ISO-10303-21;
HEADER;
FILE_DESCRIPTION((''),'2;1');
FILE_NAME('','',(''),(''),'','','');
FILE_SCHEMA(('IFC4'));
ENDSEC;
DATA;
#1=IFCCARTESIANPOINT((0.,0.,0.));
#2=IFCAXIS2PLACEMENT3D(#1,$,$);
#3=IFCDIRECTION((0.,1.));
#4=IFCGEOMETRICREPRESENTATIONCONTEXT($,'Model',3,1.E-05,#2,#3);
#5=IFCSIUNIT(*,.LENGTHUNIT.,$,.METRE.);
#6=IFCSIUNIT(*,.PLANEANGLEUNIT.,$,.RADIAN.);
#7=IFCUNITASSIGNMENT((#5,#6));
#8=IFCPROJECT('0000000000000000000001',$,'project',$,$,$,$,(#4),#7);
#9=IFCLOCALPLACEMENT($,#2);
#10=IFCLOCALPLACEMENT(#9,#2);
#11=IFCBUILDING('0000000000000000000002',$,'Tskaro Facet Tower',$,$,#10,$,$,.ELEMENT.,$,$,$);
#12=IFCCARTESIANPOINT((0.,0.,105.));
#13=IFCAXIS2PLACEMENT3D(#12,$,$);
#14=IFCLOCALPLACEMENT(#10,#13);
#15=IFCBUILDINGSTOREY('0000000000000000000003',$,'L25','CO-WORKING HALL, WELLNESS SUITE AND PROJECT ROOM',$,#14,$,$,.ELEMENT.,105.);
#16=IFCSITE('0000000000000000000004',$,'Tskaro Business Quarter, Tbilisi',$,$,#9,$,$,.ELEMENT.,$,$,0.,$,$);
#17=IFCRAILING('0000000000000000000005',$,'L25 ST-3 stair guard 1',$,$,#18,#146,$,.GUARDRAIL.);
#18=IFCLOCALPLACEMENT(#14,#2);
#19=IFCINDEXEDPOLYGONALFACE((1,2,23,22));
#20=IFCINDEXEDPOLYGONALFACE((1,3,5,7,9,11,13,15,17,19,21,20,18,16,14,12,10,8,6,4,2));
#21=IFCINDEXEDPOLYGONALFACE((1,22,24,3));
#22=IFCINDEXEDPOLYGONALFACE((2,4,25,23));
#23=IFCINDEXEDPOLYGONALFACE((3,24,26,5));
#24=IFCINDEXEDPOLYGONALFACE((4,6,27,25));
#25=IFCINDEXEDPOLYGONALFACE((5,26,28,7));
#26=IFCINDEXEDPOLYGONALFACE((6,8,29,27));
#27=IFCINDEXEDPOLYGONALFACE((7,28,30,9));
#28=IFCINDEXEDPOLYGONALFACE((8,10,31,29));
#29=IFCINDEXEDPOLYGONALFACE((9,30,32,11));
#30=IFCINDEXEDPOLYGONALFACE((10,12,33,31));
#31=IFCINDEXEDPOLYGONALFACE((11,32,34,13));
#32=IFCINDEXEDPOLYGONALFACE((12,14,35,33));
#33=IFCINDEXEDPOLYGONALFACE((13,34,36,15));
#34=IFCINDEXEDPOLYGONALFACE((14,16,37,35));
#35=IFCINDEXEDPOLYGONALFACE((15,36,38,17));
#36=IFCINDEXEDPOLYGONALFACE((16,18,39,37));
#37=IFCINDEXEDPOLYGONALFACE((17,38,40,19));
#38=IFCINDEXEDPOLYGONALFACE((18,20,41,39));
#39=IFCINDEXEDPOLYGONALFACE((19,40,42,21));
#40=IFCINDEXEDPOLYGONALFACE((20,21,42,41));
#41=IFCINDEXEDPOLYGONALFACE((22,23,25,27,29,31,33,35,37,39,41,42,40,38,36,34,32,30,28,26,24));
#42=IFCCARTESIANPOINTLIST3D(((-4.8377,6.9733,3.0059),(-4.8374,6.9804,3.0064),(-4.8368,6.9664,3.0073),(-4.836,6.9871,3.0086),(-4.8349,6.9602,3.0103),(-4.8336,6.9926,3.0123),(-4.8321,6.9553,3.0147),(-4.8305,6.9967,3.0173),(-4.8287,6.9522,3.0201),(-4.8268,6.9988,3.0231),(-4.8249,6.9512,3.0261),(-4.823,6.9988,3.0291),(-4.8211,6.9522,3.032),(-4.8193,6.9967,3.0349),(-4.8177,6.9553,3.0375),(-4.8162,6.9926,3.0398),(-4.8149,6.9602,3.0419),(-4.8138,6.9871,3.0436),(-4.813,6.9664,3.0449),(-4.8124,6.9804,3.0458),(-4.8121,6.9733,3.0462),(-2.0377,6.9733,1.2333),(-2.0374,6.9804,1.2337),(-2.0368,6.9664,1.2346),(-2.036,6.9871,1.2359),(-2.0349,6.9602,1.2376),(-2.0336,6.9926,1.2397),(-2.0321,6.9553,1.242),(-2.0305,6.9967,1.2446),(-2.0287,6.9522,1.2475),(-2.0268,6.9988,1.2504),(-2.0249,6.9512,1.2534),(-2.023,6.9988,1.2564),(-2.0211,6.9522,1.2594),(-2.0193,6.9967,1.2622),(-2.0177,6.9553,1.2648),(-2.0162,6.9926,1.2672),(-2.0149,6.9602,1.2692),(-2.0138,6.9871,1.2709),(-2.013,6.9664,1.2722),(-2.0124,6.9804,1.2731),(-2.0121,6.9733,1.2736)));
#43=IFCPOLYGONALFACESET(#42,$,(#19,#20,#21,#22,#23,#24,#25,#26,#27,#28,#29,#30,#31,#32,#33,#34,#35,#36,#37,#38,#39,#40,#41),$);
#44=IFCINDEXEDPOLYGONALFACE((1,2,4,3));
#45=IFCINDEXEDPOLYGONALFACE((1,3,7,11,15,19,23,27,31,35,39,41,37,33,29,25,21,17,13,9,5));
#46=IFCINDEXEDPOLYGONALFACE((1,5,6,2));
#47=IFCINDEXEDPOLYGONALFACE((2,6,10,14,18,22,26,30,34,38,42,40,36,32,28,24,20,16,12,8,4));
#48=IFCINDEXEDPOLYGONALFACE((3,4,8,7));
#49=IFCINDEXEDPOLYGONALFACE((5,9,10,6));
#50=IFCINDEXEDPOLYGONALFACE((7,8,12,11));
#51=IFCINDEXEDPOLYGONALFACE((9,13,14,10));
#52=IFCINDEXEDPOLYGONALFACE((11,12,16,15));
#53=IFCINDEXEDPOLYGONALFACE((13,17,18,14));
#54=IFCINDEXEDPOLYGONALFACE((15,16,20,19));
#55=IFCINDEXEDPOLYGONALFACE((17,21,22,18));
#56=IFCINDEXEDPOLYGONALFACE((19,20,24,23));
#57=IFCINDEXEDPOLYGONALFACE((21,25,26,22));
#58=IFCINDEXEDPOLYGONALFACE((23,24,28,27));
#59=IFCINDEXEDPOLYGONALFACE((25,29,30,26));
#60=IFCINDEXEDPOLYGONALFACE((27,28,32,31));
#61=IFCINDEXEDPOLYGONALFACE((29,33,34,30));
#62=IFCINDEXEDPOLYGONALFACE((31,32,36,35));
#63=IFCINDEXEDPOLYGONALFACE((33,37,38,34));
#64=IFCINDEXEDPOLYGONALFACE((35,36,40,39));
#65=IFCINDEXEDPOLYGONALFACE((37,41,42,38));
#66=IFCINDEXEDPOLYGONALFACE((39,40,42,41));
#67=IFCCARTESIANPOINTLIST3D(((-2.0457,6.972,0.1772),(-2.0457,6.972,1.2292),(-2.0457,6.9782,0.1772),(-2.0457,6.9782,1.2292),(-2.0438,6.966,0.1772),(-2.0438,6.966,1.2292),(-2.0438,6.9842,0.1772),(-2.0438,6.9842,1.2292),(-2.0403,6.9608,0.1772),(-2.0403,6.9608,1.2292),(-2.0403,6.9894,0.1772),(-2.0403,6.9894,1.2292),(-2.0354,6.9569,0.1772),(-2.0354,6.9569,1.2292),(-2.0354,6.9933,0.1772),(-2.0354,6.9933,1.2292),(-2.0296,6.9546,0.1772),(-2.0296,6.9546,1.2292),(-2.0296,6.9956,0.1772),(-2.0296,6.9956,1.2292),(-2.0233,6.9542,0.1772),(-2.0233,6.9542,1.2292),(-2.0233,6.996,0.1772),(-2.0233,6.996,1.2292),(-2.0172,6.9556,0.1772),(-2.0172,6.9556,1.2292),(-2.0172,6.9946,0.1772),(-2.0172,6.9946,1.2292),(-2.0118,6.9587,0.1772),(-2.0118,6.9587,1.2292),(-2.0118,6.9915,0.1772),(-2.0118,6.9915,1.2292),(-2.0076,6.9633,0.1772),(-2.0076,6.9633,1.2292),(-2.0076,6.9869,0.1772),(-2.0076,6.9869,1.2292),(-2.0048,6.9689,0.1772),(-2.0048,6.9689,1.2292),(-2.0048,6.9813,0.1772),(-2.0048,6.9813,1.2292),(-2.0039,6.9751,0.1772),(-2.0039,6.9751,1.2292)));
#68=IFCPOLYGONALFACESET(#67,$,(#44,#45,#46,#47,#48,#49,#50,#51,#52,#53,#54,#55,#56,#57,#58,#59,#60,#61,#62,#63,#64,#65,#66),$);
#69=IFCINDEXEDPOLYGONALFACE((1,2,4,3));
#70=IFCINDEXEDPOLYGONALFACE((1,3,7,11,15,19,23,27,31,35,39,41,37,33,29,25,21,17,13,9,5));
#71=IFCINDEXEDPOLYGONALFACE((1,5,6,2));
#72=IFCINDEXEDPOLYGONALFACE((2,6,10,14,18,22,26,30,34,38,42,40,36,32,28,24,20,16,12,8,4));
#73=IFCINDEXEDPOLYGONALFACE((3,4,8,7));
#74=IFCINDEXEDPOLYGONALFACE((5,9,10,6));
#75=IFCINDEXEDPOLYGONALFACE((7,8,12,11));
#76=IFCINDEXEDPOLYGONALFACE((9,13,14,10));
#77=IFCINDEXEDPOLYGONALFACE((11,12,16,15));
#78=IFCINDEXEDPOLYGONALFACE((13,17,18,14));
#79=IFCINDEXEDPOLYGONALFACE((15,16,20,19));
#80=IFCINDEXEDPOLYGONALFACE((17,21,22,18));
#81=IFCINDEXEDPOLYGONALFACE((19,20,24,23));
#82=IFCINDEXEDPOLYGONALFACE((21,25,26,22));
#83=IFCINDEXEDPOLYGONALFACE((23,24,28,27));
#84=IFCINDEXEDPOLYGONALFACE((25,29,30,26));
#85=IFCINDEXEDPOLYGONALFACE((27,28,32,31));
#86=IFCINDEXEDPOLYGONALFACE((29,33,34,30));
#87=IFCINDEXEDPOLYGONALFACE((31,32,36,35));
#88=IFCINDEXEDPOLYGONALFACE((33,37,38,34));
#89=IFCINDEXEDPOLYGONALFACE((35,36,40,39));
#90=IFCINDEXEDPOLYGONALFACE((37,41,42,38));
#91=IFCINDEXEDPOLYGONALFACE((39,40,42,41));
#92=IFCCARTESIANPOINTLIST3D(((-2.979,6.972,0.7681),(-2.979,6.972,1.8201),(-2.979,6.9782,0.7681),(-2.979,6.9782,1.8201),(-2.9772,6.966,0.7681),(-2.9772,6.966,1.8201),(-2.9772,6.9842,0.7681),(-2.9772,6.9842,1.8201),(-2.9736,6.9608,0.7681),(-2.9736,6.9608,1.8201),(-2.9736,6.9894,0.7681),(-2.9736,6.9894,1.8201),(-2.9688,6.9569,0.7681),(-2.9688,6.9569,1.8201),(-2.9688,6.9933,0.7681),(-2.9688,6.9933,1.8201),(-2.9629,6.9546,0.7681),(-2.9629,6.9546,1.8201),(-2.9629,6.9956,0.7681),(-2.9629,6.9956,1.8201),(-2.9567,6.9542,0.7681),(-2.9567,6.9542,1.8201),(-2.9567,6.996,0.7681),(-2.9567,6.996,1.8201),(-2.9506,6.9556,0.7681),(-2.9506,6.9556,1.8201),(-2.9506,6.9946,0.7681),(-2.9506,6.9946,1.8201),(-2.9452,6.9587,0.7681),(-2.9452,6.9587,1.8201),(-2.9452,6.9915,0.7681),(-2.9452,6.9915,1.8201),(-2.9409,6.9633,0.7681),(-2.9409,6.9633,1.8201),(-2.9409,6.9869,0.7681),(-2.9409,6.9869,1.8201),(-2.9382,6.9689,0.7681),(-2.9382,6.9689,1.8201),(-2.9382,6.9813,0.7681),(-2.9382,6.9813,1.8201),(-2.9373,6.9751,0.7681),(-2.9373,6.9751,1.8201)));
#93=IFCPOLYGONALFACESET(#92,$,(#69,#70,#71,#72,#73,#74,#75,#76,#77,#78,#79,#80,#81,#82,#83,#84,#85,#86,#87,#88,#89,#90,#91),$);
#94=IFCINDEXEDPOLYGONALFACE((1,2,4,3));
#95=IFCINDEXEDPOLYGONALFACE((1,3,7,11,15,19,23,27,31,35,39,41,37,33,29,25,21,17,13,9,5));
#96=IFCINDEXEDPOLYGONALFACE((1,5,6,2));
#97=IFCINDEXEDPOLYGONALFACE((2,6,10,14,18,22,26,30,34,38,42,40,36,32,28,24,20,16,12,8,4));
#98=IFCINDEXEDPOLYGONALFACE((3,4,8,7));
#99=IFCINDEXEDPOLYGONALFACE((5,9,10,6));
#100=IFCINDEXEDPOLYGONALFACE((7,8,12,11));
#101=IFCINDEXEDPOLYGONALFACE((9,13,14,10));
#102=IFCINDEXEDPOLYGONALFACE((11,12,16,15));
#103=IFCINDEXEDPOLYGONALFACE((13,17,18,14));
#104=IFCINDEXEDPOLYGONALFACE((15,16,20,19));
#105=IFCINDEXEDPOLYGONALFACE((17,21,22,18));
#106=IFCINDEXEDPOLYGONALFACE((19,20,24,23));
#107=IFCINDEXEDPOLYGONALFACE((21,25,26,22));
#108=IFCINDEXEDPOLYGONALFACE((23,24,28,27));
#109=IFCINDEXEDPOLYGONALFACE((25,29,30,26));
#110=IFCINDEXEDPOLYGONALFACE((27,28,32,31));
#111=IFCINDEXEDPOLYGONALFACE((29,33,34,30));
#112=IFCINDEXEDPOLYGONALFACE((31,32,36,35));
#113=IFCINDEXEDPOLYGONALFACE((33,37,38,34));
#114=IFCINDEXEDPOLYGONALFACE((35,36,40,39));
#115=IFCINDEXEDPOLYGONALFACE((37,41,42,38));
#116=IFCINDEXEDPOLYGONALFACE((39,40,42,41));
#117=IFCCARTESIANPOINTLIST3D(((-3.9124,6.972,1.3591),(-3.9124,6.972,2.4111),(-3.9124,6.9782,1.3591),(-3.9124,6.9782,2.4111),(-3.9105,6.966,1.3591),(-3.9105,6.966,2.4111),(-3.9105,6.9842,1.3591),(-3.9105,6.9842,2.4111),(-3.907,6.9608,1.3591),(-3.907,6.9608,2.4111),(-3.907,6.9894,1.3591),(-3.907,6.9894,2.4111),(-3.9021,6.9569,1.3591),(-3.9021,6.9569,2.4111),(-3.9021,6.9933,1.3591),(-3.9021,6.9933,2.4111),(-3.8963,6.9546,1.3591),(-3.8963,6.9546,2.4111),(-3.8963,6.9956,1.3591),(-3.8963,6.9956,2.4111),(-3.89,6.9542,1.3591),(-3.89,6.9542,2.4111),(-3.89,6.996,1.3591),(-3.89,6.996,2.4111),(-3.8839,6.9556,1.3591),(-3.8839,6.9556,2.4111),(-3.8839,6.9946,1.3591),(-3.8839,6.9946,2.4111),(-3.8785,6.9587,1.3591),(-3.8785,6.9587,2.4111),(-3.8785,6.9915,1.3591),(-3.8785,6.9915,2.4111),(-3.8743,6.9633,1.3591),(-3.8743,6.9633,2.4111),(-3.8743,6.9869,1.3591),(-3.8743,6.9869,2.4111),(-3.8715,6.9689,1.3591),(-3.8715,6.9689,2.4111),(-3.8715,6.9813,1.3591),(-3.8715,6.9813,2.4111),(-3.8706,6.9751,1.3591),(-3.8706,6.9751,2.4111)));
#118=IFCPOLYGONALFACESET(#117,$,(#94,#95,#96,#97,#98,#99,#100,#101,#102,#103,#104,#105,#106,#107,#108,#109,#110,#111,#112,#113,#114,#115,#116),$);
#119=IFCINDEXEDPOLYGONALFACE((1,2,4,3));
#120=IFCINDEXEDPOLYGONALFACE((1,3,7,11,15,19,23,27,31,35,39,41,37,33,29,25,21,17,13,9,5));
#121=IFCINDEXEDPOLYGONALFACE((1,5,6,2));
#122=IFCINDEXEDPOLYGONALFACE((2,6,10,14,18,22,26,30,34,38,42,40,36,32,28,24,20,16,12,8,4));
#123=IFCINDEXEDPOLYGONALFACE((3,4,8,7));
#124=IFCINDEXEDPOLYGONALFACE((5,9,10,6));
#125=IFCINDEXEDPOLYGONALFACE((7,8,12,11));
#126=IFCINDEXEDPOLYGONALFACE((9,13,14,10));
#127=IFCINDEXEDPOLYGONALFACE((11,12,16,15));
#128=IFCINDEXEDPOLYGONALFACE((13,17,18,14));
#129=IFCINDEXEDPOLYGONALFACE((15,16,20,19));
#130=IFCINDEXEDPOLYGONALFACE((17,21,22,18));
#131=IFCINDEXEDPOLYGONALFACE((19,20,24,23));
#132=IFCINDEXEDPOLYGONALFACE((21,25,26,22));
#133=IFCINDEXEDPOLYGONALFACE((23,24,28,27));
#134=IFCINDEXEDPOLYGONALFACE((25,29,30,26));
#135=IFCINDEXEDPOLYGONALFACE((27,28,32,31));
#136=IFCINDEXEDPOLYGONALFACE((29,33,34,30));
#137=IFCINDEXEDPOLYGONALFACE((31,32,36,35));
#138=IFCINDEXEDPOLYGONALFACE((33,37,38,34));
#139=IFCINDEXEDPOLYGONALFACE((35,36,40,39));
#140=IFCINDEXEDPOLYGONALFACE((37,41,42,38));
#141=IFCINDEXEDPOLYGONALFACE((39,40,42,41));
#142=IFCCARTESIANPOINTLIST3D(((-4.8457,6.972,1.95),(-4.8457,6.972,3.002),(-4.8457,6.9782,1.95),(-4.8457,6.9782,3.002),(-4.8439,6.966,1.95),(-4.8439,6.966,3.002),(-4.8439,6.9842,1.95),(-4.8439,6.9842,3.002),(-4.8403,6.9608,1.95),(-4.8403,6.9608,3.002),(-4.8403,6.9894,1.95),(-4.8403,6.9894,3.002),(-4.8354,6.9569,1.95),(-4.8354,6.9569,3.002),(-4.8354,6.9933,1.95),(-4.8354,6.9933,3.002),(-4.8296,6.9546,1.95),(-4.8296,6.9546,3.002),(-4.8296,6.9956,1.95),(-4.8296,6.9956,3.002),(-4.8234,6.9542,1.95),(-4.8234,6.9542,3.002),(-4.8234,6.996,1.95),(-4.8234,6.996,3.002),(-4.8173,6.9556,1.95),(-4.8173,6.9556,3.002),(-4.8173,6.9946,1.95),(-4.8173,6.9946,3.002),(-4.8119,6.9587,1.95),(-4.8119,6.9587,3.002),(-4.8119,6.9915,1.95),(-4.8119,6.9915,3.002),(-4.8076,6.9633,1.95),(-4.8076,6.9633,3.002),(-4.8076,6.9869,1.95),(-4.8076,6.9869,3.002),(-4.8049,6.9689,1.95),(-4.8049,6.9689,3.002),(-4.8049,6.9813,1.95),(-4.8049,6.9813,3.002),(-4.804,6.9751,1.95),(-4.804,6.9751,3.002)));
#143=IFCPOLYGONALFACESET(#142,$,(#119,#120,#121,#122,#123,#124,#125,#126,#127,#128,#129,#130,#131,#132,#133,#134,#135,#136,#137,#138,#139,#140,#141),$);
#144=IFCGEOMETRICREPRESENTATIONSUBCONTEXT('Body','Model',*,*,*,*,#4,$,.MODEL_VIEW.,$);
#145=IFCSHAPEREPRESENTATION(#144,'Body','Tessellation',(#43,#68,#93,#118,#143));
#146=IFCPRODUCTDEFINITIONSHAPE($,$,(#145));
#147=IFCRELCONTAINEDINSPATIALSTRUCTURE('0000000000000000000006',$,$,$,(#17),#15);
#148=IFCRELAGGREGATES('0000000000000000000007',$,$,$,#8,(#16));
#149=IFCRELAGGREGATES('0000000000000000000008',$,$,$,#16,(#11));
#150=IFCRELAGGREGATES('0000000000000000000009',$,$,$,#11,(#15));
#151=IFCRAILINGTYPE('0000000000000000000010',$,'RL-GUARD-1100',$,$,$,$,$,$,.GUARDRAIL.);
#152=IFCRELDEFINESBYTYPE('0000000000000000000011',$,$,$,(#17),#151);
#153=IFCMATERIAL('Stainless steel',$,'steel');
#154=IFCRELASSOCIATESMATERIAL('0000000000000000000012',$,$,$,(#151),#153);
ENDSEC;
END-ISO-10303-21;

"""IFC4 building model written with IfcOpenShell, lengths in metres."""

from ifc_helpers import new_model, si_unit, direction, frame, origin, origin_2d, place, context, subcontext, project, spatial, circle, extrude, material, type_object, element, save


model = new_model("IFC4")

# Units and contexts
model_context = context("Model", 3, precision=1e-05, world=origin(), true_north=direction((0.0, 1.0)))
body_context = subcontext(model_context, "Body", "Model", "MODEL_VIEW")
ifc_project = project(units=[si_unit("LENGTHUNIT", "METRE"), si_unit("PLANEANGLEUNIT", "RADIAN")], contexts=[model_context])

# Site, building, storey
site_placement = place(None, origin())
site = spatial("IfcSite", under=ifc_project, at=site_placement, Name="Tskaro Business Quarter, Tbilisi", CompositionType="ELEMENT", RefElevation=0.0)
building_placement = place(site_placement, origin())
building = spatial("IfcBuilding", under=site, at=building_placement, Name="Tskaro Facet Tower", CompositionType="ELEMENT")
storey_placement = place(building_placement, frame((0.0, 0.0, 105.0)))
storey = spatial("IfcBuildingStorey", under=building, at=storey_placement, Name="L25", Description="CO-WORKING HALL, WELLNESS SUITE AND PROJECT ROOM", CompositionType="ELEMENT", Elevation=105.0)

# Railing
ifc_material_1 = material(Name="Stainless steel", Category="steel")
railing_type_1 = type_object("IfcRailingType", Name="RL-GUARD-1100", PredefinedType="GUARDRAIL", material=ifc_material_1)
railing_1_placement = place(storey_placement, frame((-2.0249, 6.9751, 0.1772)))
element("IfcRailing", 1, at=railing_1_placement, inside=storey, type_object=railing_type_1, Name="L25 ST-3 stair guard 1", PredefinedType="GUARDRAIL", context=body_context, shape_type="SweptSolid", body=[
    extrude(circle(Radius=0.0239, at=origin_2d()), frame((0.0, 0.0, 1.0762), z_axis=(-0.844909, 0.0, 0.53491), x_axis=(0.0, -1.0, 0.0)), (0.0, 0.0, 1.0), 3.314),
    extrude(circle(Radius=0.021, at=origin_2d()), origin(), (0.0, 0.0, 1.0), 1.052),
    extrude(circle(Radius=0.021, at=origin_2d()), frame((-0.9333, 0.0, 0.5908)), (0.0, 0.0, 1.0), 1.052),
    extrude(circle(Radius=0.021, at=origin_2d()), frame((-1.8667, 0.0, 1.1819)), (0.0, 0.0, 1.0), 1.052),
    extrude(circle(Radius=0.021, at=origin_2d()), frame((-2.8, 0.0, 1.7727)), (0.0, 0.0, 1.0), 1.052),
])

save(model, "model.ifc")
